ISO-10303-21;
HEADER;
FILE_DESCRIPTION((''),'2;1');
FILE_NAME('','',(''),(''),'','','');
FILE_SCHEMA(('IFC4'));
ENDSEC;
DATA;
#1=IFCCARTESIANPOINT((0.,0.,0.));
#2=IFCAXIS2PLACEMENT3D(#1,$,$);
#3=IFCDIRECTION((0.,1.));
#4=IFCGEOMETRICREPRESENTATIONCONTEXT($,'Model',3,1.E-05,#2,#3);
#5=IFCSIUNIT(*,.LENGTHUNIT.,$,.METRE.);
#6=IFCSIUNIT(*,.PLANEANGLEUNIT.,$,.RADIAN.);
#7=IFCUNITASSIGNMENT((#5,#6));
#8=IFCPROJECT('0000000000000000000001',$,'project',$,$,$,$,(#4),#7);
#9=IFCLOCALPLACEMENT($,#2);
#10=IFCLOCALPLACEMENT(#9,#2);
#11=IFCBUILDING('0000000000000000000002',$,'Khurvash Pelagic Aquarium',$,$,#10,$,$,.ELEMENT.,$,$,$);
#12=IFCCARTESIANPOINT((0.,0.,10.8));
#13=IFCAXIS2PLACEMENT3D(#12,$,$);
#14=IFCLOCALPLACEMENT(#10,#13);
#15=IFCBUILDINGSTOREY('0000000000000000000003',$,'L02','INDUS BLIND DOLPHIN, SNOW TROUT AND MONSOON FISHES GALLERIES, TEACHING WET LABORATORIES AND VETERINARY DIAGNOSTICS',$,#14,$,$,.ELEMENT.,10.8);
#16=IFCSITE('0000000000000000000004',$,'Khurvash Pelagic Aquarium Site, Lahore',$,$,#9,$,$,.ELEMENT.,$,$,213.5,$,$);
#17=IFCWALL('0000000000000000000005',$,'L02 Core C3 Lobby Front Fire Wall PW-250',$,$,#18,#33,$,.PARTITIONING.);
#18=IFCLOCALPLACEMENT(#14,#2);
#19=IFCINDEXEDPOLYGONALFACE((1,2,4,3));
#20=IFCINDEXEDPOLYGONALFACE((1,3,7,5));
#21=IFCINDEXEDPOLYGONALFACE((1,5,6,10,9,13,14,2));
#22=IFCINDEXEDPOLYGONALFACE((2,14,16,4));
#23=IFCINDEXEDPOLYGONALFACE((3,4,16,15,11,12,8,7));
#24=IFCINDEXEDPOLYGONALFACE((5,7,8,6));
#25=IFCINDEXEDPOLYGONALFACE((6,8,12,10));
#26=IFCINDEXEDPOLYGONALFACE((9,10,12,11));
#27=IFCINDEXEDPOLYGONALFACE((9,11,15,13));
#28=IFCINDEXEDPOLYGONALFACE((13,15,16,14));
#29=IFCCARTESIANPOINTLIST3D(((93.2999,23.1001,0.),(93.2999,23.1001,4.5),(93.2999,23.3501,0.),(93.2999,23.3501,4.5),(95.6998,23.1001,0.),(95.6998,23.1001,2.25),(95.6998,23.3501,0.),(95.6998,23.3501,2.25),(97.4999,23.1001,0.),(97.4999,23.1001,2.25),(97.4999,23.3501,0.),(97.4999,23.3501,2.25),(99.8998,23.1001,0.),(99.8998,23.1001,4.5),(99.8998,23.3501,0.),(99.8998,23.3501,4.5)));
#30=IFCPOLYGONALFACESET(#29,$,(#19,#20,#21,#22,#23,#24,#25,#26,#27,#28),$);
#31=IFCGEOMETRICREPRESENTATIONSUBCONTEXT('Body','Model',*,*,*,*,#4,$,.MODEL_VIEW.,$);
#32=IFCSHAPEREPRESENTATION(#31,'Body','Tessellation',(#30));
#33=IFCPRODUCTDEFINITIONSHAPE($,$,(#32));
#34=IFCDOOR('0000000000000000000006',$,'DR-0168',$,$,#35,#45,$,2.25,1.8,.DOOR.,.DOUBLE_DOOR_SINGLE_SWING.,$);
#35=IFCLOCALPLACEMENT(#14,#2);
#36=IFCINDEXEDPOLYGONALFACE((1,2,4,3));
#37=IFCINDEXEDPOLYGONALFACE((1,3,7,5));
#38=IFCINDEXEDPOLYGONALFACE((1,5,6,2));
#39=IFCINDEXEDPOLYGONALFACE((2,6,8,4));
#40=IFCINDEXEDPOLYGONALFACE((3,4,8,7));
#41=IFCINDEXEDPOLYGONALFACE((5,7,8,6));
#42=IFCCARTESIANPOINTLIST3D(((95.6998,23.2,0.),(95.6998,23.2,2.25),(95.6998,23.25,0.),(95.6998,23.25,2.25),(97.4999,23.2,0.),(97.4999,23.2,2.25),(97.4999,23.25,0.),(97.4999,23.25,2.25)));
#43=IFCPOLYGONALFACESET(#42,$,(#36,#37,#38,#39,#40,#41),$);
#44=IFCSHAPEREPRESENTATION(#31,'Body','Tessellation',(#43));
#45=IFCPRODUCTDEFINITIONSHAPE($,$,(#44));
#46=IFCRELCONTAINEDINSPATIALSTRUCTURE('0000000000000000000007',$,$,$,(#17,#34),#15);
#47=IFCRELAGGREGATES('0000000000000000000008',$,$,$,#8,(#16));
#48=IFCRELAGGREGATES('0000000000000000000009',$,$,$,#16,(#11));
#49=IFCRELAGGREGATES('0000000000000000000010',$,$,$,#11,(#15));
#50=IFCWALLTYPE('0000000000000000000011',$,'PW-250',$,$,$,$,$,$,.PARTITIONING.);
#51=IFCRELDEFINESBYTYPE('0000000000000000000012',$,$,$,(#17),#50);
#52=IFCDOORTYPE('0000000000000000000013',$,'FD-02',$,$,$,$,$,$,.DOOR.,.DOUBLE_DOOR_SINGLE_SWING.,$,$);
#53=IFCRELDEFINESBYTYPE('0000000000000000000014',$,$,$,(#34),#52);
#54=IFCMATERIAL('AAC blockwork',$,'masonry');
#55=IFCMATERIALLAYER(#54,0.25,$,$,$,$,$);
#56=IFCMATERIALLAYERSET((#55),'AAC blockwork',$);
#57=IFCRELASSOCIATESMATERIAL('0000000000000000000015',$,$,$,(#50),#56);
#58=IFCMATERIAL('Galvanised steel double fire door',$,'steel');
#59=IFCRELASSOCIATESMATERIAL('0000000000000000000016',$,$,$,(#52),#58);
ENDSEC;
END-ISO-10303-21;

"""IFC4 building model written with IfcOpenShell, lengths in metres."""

from ifc_helpers import new_model, si_unit, direction, frame, frame_2d, origin, place, context, subcontext, project, spatial, rectangle, extrude, material, layer, layer_set, type_object, element, fill, save


model = new_model("IFC4")

# Units and contexts
model_context = context("Model", 3, precision=1e-05, world=origin(), true_north=direction((0.0, 1.0)))
body_context = subcontext(model_context, "Body", "Model", "MODEL_VIEW")
ifc_project = project(units=[si_unit("LENGTHUNIT", "METRE"), si_unit("PLANEANGLEUNIT", "RADIAN")], contexts=[model_context])

# Site, building, storey
site_placement = place(None, origin())
site = spatial("IfcSite", under=ifc_project, at=site_placement, Name="Khurvash Pelagic Aquarium Site, Lahore", CompositionType="ELEMENT", RefElevation=213.5)
building_placement = place(site_placement, origin())
building = spatial("IfcBuilding", under=site, at=building_placement, Name="Khurvash Pelagic Aquarium", CompositionType="ELEMENT")
storey_placement = place(building_placement, frame((0.0, 0.0, 10.8)))
storey = spatial("IfcBuildingStorey", under=building, at=storey_placement, Name="L02", Description="INDUS BLIND DOLPHIN, SNOW TROUT AND MONSOON FISHES GALLERIES, TEACHING WET LABORATORIES AND VETERINARY DIAGNOSTICS", CompositionType="ELEMENT", Elevation=10.8)

# Wall, opening, door
ifc_material_1 = material(Name="AAC blockwork", Category="masonry")
ifc_layer_1 = layer(ifc_material_1, 0.25)
ifc_layer_set_1 = layer_set([ifc_layer_1], Name="AAC blockwork")
wall_type_1 = type_object("IfcWallType", Name="PW-250", PredefinedType="PARTITIONING", material=ifc_layer_set_1)
wall_1_placement = place(storey_placement, frame((93.3, 23.2251, 0.0), z_axis=(0.0, 0.0, 1.0), x_axis=(1.0, 0.0, 0.0)))
wall_1 = element("IfcWall", 1, at=wall_1_placement, inside=storey, type_object=wall_type_1, Name="L02 Core C3 Lobby Front Fire Wall PW-250", PredefinedType="PARTITIONING", context=body_context, shape_type="SweptSolid", body=[
    extrude(rectangle(XDim=6.5999, YDim=0.25, at=frame_2d((3.2998, 0.0))), origin(), (0.0, 0.0, 1.0), 4.5),
])
opening_1_placement = place(wall_1_placement, frame((2.3999, 0.0, 0.0)))
opening_1 = element("IfcOpeningElement", 2, at=opening_1_placement, cuts=wall_1, PredefinedType="OPENING", context=body_context, shape_type="SweptSolid", body=[
    extrude(rectangle(XDim=1.8, YDim=2.25, at=frame_2d((0.8999, 1.125))), frame((0.0, 0.135, 0.0), z_axis=(0.0, -1.0, 0.0), x_axis=(1.0, 0.0, 0.0)), (0.0, 0.0, 1.0), 0.27),
])
ifc_material_2 = material(Name="Galvanised steel double fire door", Category="steel")
door_type_1 = type_object("IfcDoorType", Name="FD-02", OperationType="DOUBLE_DOOR_SINGLE_SWING", PredefinedType="DOOR", material=ifc_material_2)
door_1_placement = place(opening_1_placement, origin())
door_1 = element("IfcDoor", 3, at=door_1_placement, inside=storey, type_object=door_type_1, Name="DR-0168", OperationType="DOUBLE_DOOR_SINGLE_SWING", OverallHeight=2.25, OverallWidth=1.8, PredefinedType="DOOR", context=body_context, shape_type="SweptSolid", body=[
    extrude(rectangle(XDim=1.8, YDim=2.25, at=frame_2d((0.8999, 1.125))), frame((0.0, 0.0249, 0.0), z_axis=(0.0, -1.0, 0.0), x_axis=(1.0, 0.0, 0.0)), (0.0, 0.0, 1.0), 0.05),
])
fill(opening_1, door_1)

save(model, "model.ifc")
